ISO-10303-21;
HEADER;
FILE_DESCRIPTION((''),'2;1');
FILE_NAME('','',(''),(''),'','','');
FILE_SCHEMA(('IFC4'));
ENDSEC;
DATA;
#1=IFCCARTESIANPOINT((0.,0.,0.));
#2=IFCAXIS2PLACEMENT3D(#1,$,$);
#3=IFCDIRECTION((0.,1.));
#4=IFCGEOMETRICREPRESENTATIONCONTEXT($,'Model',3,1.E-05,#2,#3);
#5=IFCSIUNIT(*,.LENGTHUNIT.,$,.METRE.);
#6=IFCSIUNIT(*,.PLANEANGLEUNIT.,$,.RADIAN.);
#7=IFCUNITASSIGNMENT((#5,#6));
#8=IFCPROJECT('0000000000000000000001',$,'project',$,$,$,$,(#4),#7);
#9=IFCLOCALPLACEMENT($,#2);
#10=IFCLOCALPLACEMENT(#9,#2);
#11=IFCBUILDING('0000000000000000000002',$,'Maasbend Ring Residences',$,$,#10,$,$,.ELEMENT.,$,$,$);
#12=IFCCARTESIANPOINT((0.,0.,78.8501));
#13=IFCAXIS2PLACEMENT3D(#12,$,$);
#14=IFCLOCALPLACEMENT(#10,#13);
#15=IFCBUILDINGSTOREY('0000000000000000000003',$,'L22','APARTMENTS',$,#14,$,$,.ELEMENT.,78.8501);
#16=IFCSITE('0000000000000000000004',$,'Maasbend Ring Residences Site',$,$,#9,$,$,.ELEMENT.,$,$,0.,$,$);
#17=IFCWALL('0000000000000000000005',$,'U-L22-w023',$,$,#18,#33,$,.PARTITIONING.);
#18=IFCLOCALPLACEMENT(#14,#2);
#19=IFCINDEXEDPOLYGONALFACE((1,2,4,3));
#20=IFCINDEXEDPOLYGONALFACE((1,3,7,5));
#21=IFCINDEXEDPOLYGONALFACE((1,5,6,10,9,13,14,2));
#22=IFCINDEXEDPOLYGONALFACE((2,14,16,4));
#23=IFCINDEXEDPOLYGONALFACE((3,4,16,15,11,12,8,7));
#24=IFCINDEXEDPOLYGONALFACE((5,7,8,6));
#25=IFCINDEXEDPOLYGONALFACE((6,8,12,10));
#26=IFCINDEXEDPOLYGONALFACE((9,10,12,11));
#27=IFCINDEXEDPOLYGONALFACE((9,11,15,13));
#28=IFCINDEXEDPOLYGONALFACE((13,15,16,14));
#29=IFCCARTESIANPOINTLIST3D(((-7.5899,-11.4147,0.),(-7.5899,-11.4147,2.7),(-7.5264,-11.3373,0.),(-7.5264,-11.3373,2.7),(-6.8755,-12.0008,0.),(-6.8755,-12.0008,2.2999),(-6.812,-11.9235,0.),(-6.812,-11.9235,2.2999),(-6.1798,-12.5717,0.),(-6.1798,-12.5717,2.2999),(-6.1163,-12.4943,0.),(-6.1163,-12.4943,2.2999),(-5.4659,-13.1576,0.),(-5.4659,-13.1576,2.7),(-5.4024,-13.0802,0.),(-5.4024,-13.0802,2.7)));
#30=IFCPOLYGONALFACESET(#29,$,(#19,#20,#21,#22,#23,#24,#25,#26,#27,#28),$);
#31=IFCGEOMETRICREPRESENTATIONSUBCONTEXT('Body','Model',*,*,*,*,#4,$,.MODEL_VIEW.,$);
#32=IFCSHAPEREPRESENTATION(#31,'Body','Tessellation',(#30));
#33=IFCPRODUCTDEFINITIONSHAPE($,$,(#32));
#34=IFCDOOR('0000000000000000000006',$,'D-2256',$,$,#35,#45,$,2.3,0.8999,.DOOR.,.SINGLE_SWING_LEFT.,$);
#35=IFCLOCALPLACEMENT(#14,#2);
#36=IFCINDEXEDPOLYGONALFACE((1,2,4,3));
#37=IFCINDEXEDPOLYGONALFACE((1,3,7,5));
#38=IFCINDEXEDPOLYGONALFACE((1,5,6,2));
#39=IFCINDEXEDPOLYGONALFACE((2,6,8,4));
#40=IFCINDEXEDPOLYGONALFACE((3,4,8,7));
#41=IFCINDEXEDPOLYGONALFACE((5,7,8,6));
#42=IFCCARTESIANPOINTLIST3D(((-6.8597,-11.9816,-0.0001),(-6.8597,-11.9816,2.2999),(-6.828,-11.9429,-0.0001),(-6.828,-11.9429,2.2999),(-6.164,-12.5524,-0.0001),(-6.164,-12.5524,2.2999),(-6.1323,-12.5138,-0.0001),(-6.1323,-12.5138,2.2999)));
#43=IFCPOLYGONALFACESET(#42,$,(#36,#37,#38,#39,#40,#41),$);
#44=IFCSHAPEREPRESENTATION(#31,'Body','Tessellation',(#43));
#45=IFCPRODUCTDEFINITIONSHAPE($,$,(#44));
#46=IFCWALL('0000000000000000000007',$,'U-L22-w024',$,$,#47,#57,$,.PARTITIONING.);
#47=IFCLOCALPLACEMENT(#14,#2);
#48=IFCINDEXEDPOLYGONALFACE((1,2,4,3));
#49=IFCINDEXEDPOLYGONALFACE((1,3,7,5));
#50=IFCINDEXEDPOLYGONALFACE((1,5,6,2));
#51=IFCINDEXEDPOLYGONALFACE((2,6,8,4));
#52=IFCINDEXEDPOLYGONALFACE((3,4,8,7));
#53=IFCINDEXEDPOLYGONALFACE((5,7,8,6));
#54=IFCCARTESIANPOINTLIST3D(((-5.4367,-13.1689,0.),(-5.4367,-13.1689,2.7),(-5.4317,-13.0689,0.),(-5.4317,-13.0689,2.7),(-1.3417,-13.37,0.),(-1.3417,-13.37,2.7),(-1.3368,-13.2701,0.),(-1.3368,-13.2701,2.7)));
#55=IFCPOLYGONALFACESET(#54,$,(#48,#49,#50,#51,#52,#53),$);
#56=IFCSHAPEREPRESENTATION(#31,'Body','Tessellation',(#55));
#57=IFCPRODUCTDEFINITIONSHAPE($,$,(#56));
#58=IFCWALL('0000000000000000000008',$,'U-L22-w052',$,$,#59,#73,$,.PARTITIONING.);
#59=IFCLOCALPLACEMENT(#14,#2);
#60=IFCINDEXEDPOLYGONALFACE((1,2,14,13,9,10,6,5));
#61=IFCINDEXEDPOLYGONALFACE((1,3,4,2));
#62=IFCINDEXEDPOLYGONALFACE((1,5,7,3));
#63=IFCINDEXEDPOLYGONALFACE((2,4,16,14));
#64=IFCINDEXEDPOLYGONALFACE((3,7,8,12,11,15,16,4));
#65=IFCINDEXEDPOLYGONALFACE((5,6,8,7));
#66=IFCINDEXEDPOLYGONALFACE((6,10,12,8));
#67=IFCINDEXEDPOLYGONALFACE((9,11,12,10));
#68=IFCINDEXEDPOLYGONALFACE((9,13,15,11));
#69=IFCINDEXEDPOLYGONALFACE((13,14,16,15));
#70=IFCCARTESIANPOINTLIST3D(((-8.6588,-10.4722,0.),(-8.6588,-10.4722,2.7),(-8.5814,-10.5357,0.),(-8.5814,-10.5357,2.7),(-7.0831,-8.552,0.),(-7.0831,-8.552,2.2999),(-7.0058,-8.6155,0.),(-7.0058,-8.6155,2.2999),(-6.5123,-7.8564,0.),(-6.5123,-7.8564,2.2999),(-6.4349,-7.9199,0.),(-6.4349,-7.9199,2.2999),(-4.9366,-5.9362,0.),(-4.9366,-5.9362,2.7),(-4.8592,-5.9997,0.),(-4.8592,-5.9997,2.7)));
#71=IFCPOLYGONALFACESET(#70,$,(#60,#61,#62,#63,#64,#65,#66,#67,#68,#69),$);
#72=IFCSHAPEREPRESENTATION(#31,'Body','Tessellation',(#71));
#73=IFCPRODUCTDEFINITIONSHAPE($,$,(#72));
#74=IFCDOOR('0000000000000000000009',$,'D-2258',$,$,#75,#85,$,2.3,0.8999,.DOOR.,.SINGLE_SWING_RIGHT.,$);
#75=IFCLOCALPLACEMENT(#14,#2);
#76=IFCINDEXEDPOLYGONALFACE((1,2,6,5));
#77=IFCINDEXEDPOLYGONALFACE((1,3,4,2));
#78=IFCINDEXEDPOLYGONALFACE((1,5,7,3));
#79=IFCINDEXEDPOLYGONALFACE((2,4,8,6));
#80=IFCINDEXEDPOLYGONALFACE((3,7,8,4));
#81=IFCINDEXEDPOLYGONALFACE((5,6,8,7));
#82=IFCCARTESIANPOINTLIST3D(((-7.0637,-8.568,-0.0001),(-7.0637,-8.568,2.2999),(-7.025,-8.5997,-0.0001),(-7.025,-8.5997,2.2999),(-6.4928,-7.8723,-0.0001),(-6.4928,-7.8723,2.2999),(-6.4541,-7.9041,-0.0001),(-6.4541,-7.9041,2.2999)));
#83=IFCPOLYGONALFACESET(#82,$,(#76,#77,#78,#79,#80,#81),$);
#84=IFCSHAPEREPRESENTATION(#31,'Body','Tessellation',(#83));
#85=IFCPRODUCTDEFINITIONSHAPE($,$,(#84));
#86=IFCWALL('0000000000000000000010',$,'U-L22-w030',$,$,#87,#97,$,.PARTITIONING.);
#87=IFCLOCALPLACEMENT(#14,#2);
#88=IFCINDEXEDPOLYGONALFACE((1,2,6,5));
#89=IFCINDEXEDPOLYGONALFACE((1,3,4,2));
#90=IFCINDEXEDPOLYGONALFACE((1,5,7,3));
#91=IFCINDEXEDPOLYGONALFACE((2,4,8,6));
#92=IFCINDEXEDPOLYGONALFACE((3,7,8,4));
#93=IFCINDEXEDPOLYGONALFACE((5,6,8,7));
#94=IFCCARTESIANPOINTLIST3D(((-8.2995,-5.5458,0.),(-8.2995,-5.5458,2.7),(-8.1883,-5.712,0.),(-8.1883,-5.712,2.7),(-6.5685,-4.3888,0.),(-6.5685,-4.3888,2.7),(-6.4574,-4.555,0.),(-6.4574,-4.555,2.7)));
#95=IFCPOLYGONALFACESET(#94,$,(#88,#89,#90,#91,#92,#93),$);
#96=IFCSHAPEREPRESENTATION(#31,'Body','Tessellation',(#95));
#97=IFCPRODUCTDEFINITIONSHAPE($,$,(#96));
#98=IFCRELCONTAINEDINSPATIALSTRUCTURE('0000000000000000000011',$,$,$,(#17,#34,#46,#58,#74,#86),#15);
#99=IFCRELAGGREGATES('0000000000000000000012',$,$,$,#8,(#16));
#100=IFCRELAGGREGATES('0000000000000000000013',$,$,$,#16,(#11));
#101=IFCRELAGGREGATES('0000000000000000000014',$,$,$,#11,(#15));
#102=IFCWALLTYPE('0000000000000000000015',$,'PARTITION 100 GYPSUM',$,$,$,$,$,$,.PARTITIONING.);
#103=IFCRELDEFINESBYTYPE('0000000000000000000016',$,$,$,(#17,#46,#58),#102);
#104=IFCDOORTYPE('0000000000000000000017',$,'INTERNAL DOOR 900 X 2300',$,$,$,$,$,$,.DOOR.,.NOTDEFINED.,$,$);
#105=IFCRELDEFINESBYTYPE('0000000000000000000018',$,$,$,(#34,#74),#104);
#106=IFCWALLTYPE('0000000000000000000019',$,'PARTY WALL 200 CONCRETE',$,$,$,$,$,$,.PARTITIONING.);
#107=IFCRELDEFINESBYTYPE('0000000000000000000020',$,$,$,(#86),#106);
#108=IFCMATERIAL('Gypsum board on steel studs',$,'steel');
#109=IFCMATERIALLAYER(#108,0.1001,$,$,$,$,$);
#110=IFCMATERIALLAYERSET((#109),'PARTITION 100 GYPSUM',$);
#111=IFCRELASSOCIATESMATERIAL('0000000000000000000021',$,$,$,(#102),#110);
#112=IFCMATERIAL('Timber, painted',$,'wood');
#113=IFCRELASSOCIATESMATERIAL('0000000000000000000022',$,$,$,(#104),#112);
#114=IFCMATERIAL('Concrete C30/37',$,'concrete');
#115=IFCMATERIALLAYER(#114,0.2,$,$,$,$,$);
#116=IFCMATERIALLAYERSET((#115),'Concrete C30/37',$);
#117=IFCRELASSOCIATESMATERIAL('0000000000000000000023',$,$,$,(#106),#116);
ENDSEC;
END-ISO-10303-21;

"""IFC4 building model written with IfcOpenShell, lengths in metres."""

from ifc_helpers import new_model, si_unit, direction, frame, frame_2d, origin, place, context, subcontext, project, spatial, rectangle, extrude, material, layer, layer_set, type_object, element, fill, save


model = new_model("IFC4")

# Units and contexts
model_context = context("Model", 3, precision=1e-05, world=origin(), true_north=direction((0.0, 1.0)))
body_context = subcontext(model_context, "Body", "Model", "MODEL_VIEW")
ifc_project = project(units=[si_unit("LENGTHUNIT", "METRE"), si_unit("PLANEANGLEUNIT", "RADIAN")], contexts=[model_context])

# Site, building, storey
site_placement = place(None, origin())
site = spatial("IfcSite", under=ifc_project, at=site_placement, Name="Maasbend Ring Residences Site", CompositionType="ELEMENT", RefElevation=0.0)
building_placement = place(site_placement, origin())
building = spatial("IfcBuilding", under=site, at=building_placement, Name="Maasbend Ring Residences", CompositionType="ELEMENT")
storey_placement = place(building_placement, frame((0.0, 0.0, 78.8501)))
storey = spatial("IfcBuildingStorey", under=building, at=storey_placement, Name="L22", Description="APARTMENTS", CompositionType="ELEMENT", Elevation=78.8501)

# Wall, opening, door
ifc_material_1 = material(Name="Gypsum board on steel studs", Category="steel")
ifc_layer_1 = layer(ifc_material_1, 0.1001)
ifc_layer_set_1 = layer_set([ifc_layer_1], Name="PARTITION 100 GYPSUM")
wall_type_1 = type_object("IfcWallType", Name="PARTITION 100 GYPSUM", PredefinedType="PARTITIONING", material=ifc_layer_set_1)
wall_1_placement = place(storey_placement, frame((-7.5581, -11.376, 0.0), z_axis=(0.0, 0.0, 1.0), x_axis=(0.77305, -0.634345, 0.0)))
wall_1 = element("IfcWall", 1, at=wall_1_placement, inside=storey, type_object=wall_type_1, Name="U-L22-w023", PredefinedType="PARTITIONING", context=body_context, shape_type="SweptSolid", body=[
    extrude(rectangle(XDim=2.7476, YDim=0.1001, at=frame_2d((1.3738, 0.0))), origin(), (0.0, 0.0, 1.0), 2.7),
])
opening_1_placement = place(wall_1_placement, frame((0.9241, 0.0, 0.0)))
opening_1 = element("IfcOpeningElement", 2, at=opening_1_placement, cuts=wall_1, PredefinedType="OPENING", context=body_context, shape_type="SweptSolid", body=[
    extrude(rectangle(XDim=0.8999, YDim=2.3, at=frame_2d((0.45, 1.1499))), frame((0.0, 0.0601, 0.0), z_axis=(0.0, -1.0, 0.0), x_axis=(1.0, 0.0, 0.0)), (0.0, 0.0, 1.0), 0.1201),
])
ifc_material_2 = material(Name="Timber, painted", Category="wood")
door_type = type_object("IfcDoorType", Name="INTERNAL DOOR 900 X 2300", OperationType="NOTDEFINED", PredefinedType="DOOR", material=ifc_material_2)
door_1_placement = place(opening_1_placement, origin())
door_1 = element("IfcDoor", 3, at=door_1_placement, inside=storey, type_object=door_type, Name="D-2256", OperationType="SINGLE_SWING_LEFT", OverallHeight=2.3, OverallWidth=0.8999, PredefinedType="DOOR", context=body_context, shape_type="SweptSolid", body=[
    extrude(rectangle(XDim=0.8999, YDim=2.3, at=frame_2d((0.45, 1.1499))), frame((0.0, 0.0249, 0.0), z_axis=(0.0, -1.0, 0.0), x_axis=(1.0, 0.0, 0.0)), (0.0, 0.0, 1.0), 0.05),
])
fill(opening_1, door_1)

# Wall
wall_2_placement = place(storey_placement, frame((-5.4341, -13.1189, 0.0), z_axis=(0.0, 0.0, 1.0), x_axis=(0.998795, -0.049067, 0.0)))
element("IfcWall", 4, at=wall_2_placement, inside=storey, type_object=wall_type_1, Name="U-L22-w024", PredefinedType="PARTITIONING", context=body_context, shape_type="SweptSolid", body=[
    extrude(rectangle(XDim=4.0999, YDim=0.1001, at=frame_2d((2.0498, 0.0))), origin(), (0.0, 0.0, 1.0), 2.7),
])

# Wall, opening, door
wall_3_placement = place(storey_placement, frame((-8.6201, -10.5039, 0.0), z_axis=(0.0, 0.0, 1.0), x_axis=(0.634359, 0.773039, 0.0)))
wall_3 = element("IfcWall", 5, at=wall_3_placement, inside=storey, type_object=wall_type_1, Name="U-L22-w052", PredefinedType="PARTITIONING", context=body_context, shape_type="SweptSolid", body=[
    extrude(rectangle(XDim=5.8677, YDim=0.1001, at=frame_2d((2.9338, 0.0))), origin(), (0.0, 0.0, 1.0), 2.7),
])
opening_2_placement = place(wall_3_placement, frame((2.4839, 0.0, 0.0)))
opening_2 = element("IfcOpeningElement", 6, at=opening_2_placement, cuts=wall_3, PredefinedType="OPENING", context=body_context, shape_type="SweptSolid", body=[
    extrude(rectangle(XDim=0.8999, YDim=2.3, at=frame_2d((0.45, 1.1499))), frame((0.0, 0.0601, 0.0), z_axis=(0.0, -1.0, 0.0), x_axis=(1.0, 0.0, 0.0)), (0.0, 0.0, 1.0), 0.1201),
])
door_2_placement = place(opening_2_placement, origin())
door_2 = element("IfcDoor", 7, at=door_2_placement, inside=storey, type_object=door_type, Name="D-2258", OperationType="SINGLE_SWING_RIGHT", OverallHeight=2.3, OverallWidth=0.8999, PredefinedType="DOOR", context=body_context, shape_type="SweptSolid", body=[
    extrude(rectangle(XDim=0.8999, YDim=2.3, at=frame_2d((0.45, 1.1499))), frame((0.0, 0.0249, 0.0), z_axis=(0.0, -1.0, 0.0), x_axis=(1.0, 0.0, 0.0)), (0.0, 0.0, 1.0), 0.05),
])
fill(opening_2, door_2)

# Wall
ifc_material_3 = material(Name="Concrete C30/37", Category="concrete")
ifc_layer_2 = layer(ifc_material_3, 0.2)
ifc_layer_set_2 = layer_set([ifc_layer_2], Name="Concrete C30/37")
wall_type_2 = type_object("IfcWallType", Name="PARTY WALL 200 CONCRETE", PredefinedType="PARTITIONING", material=ifc_layer_set_2)
wall_4_placement = place(storey_placement, frame((-6.5129, -4.4719, 0.0), z_axis=(0.0, 0.0, 1.0), x_axis=(-0.831382, -0.555701, 0.0)))
element("IfcWall", 8, at=wall_4_placement, inside=storey, type_object=wall_type_2, Name="U-L22-w030", PredefinedType="PARTITIONING", context=body_context, shape_type="SweptSolid", body=[
    extrude(rectangle(XDim=2.082, YDim=0.2, at=frame_2d((1.041, 0.0))), origin(), (0.0, 0.0, 1.0), 2.7),
])

save(model, "model.ifc")
